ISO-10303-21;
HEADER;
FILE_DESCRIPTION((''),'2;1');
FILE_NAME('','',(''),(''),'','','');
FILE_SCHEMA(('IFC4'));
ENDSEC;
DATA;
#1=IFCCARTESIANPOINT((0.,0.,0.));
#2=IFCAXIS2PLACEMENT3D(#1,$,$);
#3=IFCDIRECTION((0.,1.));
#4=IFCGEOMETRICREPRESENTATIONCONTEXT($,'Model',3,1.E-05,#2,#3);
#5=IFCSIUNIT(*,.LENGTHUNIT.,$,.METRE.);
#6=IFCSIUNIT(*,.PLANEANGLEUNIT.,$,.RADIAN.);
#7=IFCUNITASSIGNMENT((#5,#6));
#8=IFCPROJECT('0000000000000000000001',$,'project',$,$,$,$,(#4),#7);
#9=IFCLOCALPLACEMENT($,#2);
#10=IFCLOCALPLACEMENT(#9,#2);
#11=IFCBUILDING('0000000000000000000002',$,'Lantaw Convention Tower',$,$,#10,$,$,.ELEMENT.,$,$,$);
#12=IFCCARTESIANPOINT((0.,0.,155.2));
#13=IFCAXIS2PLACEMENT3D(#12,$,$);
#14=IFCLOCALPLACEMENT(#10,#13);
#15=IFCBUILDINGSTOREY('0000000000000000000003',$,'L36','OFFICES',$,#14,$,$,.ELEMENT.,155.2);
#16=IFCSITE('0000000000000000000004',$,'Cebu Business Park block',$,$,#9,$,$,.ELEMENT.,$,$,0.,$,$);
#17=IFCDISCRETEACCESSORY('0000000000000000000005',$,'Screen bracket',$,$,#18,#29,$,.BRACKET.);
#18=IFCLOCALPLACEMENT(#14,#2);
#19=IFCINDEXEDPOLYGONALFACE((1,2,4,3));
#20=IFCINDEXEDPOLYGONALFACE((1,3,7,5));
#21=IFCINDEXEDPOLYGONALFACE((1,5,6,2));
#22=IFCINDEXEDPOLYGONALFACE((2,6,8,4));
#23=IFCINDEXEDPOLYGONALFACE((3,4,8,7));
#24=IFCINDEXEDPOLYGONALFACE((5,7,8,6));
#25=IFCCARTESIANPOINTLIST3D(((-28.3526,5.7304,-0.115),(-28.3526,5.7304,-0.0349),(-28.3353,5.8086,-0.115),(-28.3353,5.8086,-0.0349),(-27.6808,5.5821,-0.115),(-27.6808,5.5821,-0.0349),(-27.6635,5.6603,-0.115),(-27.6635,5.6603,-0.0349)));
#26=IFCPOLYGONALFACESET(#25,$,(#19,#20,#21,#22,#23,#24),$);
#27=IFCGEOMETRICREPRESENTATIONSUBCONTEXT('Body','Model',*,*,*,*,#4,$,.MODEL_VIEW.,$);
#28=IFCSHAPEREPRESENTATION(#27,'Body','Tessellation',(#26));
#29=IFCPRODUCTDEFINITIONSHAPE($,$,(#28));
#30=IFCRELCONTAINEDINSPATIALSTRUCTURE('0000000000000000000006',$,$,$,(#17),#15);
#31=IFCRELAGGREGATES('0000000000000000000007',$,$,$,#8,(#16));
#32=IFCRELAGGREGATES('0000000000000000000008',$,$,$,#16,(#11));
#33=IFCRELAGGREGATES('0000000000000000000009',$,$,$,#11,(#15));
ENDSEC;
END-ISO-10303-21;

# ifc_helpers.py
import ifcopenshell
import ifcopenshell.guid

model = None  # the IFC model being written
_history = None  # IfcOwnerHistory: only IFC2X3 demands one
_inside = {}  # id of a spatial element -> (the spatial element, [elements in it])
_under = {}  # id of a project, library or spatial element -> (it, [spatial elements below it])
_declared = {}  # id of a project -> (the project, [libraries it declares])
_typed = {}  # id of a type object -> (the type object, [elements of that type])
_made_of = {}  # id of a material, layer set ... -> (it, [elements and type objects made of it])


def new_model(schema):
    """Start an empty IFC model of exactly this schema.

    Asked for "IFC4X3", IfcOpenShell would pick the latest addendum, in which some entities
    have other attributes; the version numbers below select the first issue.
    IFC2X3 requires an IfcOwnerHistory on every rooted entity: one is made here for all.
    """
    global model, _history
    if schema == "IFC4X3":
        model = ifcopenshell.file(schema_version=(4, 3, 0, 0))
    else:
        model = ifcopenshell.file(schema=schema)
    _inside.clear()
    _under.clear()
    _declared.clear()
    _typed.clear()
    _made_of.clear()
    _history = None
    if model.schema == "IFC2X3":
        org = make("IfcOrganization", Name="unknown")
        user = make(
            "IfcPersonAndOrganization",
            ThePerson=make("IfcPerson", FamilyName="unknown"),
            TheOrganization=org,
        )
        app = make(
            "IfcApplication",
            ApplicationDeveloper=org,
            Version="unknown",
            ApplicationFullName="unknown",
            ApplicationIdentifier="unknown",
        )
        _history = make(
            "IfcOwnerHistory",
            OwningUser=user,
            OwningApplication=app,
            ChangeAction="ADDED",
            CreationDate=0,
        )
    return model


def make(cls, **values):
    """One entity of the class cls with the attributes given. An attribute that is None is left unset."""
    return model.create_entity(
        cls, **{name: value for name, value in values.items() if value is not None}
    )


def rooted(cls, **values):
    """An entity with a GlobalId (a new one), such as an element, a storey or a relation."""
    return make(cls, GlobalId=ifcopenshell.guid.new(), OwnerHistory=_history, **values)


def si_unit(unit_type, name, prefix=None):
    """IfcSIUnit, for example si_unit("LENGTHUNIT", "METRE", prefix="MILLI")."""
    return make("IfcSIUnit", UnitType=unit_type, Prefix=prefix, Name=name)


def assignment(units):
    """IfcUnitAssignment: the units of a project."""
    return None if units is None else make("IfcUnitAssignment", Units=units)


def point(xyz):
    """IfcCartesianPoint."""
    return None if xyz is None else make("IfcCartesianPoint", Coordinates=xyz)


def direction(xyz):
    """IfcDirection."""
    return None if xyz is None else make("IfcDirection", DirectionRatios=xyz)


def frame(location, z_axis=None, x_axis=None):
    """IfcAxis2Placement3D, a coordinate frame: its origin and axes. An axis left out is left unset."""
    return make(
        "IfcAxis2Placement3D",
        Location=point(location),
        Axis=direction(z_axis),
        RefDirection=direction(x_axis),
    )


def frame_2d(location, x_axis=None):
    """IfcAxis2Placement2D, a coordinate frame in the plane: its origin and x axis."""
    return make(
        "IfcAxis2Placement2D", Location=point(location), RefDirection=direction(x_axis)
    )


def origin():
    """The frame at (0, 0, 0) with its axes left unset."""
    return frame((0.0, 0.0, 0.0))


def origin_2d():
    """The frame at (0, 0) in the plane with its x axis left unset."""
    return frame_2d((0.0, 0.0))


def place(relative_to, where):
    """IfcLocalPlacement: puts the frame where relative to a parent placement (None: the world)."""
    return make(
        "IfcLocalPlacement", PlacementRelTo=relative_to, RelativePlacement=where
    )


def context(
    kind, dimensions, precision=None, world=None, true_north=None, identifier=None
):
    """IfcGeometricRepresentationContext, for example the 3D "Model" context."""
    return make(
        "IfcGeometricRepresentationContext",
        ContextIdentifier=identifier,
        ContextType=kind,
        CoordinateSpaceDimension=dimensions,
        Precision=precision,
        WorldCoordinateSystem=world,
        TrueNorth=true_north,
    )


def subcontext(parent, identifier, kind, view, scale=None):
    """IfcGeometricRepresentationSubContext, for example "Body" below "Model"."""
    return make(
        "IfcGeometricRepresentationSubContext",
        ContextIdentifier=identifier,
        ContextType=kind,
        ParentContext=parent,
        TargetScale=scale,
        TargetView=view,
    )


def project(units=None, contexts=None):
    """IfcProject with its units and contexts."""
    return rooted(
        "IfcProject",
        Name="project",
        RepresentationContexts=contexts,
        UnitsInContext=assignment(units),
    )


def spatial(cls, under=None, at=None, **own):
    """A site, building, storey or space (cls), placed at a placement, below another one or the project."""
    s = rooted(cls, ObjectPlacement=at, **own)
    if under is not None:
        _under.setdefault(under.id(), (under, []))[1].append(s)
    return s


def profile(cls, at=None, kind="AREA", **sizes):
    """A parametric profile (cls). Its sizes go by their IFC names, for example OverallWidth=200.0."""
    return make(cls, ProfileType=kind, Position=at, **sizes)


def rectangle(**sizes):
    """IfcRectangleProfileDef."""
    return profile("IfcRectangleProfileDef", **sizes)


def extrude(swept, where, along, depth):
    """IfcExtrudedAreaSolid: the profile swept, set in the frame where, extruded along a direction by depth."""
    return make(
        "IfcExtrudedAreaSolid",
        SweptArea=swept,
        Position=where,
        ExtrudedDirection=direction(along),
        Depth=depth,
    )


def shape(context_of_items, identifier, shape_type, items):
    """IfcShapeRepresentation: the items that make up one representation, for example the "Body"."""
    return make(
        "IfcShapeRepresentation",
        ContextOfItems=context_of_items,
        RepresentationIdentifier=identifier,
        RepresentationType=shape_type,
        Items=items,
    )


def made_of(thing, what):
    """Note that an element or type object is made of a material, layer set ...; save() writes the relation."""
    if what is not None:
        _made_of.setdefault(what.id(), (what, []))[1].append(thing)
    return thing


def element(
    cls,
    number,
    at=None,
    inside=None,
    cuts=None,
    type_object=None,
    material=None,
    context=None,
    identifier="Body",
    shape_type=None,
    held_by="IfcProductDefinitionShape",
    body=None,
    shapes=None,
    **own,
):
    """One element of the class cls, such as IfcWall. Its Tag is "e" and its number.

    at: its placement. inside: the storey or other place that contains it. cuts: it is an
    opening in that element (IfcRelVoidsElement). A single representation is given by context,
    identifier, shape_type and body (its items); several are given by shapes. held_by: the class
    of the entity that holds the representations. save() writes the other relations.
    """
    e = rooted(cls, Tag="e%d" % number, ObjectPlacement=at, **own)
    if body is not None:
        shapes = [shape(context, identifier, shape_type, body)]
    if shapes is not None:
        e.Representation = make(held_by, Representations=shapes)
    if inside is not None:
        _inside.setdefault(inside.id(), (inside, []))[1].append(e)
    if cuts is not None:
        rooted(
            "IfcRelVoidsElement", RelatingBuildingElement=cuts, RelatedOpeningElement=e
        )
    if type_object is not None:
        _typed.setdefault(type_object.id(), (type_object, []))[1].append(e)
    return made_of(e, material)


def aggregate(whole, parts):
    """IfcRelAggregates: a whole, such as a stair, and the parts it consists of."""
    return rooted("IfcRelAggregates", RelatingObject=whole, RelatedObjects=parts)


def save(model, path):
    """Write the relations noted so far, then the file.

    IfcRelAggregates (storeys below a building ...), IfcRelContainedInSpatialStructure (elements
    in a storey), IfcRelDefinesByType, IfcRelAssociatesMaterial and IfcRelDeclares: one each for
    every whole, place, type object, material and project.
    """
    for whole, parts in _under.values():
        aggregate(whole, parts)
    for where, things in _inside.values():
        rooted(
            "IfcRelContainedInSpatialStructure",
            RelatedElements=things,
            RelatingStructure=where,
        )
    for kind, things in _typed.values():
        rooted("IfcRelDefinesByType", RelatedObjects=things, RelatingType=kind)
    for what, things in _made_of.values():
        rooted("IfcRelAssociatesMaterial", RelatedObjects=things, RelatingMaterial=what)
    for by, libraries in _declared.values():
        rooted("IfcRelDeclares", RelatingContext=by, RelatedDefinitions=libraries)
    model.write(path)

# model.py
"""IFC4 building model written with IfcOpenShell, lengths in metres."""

from ifc_helpers import new_model, si_unit, direction, frame, origin, origin_2d, place, context, subcontext, project, spatial, rectangle, extrude, element, save


model = new_model("IFC4")

# Units and contexts
model_context = context("Model", 3, precision=1e-05, world=origin(), true_north=direction((0.0, 1.0)))
body_context = subcontext(model_context, "Body", "Model", "MODEL_VIEW")
ifc_project = project(units=[si_unit("LENGTHUNIT", "METRE"), si_unit("PLANEANGLEUNIT", "RADIAN")], contexts=[model_context])

# Site, building, storey
site_placement = place(None, origin())
site = spatial("IfcSite", under=ifc_project, at=site_placement, Name="Cebu Business Park block", CompositionType="ELEMENT", RefElevation=0.0)
building_placement = place(site_placement, origin())
building = spatial("IfcBuilding", under=site, at=building_placement, Name="Lantaw Convention Tower", CompositionType="ELEMENT")
storey_placement = place(building_placement, frame((0.0, 0.0, 155.2)))
storey = spatial("IfcBuildingStorey", under=building, at=storey_placement, Name="L36", Description="OFFICES", CompositionType="ELEMENT", Elevation=155.2)

# Discrete accessory
discrete_accessory_placement = place(storey_placement, frame((-28.0081, 5.6953, -0.115), z_axis=(0.0, 0.0, 1.0), x_axis=(-0.215546, -0.976494, 0.0)))
element("IfcDiscreteAccessory", 1, at=discrete_accessory_placement, inside=storey, Name="Screen bracket", PredefinedType="BRACKET", context=body_context, shape_type="SweptSolid", body=[
    extrude(rectangle(XDim=0.0801, YDim=0.688, at=origin_2d()), origin(), (0.0, 0.0, 1.0), 0.0801),
])

save(model, "model.ifc")
